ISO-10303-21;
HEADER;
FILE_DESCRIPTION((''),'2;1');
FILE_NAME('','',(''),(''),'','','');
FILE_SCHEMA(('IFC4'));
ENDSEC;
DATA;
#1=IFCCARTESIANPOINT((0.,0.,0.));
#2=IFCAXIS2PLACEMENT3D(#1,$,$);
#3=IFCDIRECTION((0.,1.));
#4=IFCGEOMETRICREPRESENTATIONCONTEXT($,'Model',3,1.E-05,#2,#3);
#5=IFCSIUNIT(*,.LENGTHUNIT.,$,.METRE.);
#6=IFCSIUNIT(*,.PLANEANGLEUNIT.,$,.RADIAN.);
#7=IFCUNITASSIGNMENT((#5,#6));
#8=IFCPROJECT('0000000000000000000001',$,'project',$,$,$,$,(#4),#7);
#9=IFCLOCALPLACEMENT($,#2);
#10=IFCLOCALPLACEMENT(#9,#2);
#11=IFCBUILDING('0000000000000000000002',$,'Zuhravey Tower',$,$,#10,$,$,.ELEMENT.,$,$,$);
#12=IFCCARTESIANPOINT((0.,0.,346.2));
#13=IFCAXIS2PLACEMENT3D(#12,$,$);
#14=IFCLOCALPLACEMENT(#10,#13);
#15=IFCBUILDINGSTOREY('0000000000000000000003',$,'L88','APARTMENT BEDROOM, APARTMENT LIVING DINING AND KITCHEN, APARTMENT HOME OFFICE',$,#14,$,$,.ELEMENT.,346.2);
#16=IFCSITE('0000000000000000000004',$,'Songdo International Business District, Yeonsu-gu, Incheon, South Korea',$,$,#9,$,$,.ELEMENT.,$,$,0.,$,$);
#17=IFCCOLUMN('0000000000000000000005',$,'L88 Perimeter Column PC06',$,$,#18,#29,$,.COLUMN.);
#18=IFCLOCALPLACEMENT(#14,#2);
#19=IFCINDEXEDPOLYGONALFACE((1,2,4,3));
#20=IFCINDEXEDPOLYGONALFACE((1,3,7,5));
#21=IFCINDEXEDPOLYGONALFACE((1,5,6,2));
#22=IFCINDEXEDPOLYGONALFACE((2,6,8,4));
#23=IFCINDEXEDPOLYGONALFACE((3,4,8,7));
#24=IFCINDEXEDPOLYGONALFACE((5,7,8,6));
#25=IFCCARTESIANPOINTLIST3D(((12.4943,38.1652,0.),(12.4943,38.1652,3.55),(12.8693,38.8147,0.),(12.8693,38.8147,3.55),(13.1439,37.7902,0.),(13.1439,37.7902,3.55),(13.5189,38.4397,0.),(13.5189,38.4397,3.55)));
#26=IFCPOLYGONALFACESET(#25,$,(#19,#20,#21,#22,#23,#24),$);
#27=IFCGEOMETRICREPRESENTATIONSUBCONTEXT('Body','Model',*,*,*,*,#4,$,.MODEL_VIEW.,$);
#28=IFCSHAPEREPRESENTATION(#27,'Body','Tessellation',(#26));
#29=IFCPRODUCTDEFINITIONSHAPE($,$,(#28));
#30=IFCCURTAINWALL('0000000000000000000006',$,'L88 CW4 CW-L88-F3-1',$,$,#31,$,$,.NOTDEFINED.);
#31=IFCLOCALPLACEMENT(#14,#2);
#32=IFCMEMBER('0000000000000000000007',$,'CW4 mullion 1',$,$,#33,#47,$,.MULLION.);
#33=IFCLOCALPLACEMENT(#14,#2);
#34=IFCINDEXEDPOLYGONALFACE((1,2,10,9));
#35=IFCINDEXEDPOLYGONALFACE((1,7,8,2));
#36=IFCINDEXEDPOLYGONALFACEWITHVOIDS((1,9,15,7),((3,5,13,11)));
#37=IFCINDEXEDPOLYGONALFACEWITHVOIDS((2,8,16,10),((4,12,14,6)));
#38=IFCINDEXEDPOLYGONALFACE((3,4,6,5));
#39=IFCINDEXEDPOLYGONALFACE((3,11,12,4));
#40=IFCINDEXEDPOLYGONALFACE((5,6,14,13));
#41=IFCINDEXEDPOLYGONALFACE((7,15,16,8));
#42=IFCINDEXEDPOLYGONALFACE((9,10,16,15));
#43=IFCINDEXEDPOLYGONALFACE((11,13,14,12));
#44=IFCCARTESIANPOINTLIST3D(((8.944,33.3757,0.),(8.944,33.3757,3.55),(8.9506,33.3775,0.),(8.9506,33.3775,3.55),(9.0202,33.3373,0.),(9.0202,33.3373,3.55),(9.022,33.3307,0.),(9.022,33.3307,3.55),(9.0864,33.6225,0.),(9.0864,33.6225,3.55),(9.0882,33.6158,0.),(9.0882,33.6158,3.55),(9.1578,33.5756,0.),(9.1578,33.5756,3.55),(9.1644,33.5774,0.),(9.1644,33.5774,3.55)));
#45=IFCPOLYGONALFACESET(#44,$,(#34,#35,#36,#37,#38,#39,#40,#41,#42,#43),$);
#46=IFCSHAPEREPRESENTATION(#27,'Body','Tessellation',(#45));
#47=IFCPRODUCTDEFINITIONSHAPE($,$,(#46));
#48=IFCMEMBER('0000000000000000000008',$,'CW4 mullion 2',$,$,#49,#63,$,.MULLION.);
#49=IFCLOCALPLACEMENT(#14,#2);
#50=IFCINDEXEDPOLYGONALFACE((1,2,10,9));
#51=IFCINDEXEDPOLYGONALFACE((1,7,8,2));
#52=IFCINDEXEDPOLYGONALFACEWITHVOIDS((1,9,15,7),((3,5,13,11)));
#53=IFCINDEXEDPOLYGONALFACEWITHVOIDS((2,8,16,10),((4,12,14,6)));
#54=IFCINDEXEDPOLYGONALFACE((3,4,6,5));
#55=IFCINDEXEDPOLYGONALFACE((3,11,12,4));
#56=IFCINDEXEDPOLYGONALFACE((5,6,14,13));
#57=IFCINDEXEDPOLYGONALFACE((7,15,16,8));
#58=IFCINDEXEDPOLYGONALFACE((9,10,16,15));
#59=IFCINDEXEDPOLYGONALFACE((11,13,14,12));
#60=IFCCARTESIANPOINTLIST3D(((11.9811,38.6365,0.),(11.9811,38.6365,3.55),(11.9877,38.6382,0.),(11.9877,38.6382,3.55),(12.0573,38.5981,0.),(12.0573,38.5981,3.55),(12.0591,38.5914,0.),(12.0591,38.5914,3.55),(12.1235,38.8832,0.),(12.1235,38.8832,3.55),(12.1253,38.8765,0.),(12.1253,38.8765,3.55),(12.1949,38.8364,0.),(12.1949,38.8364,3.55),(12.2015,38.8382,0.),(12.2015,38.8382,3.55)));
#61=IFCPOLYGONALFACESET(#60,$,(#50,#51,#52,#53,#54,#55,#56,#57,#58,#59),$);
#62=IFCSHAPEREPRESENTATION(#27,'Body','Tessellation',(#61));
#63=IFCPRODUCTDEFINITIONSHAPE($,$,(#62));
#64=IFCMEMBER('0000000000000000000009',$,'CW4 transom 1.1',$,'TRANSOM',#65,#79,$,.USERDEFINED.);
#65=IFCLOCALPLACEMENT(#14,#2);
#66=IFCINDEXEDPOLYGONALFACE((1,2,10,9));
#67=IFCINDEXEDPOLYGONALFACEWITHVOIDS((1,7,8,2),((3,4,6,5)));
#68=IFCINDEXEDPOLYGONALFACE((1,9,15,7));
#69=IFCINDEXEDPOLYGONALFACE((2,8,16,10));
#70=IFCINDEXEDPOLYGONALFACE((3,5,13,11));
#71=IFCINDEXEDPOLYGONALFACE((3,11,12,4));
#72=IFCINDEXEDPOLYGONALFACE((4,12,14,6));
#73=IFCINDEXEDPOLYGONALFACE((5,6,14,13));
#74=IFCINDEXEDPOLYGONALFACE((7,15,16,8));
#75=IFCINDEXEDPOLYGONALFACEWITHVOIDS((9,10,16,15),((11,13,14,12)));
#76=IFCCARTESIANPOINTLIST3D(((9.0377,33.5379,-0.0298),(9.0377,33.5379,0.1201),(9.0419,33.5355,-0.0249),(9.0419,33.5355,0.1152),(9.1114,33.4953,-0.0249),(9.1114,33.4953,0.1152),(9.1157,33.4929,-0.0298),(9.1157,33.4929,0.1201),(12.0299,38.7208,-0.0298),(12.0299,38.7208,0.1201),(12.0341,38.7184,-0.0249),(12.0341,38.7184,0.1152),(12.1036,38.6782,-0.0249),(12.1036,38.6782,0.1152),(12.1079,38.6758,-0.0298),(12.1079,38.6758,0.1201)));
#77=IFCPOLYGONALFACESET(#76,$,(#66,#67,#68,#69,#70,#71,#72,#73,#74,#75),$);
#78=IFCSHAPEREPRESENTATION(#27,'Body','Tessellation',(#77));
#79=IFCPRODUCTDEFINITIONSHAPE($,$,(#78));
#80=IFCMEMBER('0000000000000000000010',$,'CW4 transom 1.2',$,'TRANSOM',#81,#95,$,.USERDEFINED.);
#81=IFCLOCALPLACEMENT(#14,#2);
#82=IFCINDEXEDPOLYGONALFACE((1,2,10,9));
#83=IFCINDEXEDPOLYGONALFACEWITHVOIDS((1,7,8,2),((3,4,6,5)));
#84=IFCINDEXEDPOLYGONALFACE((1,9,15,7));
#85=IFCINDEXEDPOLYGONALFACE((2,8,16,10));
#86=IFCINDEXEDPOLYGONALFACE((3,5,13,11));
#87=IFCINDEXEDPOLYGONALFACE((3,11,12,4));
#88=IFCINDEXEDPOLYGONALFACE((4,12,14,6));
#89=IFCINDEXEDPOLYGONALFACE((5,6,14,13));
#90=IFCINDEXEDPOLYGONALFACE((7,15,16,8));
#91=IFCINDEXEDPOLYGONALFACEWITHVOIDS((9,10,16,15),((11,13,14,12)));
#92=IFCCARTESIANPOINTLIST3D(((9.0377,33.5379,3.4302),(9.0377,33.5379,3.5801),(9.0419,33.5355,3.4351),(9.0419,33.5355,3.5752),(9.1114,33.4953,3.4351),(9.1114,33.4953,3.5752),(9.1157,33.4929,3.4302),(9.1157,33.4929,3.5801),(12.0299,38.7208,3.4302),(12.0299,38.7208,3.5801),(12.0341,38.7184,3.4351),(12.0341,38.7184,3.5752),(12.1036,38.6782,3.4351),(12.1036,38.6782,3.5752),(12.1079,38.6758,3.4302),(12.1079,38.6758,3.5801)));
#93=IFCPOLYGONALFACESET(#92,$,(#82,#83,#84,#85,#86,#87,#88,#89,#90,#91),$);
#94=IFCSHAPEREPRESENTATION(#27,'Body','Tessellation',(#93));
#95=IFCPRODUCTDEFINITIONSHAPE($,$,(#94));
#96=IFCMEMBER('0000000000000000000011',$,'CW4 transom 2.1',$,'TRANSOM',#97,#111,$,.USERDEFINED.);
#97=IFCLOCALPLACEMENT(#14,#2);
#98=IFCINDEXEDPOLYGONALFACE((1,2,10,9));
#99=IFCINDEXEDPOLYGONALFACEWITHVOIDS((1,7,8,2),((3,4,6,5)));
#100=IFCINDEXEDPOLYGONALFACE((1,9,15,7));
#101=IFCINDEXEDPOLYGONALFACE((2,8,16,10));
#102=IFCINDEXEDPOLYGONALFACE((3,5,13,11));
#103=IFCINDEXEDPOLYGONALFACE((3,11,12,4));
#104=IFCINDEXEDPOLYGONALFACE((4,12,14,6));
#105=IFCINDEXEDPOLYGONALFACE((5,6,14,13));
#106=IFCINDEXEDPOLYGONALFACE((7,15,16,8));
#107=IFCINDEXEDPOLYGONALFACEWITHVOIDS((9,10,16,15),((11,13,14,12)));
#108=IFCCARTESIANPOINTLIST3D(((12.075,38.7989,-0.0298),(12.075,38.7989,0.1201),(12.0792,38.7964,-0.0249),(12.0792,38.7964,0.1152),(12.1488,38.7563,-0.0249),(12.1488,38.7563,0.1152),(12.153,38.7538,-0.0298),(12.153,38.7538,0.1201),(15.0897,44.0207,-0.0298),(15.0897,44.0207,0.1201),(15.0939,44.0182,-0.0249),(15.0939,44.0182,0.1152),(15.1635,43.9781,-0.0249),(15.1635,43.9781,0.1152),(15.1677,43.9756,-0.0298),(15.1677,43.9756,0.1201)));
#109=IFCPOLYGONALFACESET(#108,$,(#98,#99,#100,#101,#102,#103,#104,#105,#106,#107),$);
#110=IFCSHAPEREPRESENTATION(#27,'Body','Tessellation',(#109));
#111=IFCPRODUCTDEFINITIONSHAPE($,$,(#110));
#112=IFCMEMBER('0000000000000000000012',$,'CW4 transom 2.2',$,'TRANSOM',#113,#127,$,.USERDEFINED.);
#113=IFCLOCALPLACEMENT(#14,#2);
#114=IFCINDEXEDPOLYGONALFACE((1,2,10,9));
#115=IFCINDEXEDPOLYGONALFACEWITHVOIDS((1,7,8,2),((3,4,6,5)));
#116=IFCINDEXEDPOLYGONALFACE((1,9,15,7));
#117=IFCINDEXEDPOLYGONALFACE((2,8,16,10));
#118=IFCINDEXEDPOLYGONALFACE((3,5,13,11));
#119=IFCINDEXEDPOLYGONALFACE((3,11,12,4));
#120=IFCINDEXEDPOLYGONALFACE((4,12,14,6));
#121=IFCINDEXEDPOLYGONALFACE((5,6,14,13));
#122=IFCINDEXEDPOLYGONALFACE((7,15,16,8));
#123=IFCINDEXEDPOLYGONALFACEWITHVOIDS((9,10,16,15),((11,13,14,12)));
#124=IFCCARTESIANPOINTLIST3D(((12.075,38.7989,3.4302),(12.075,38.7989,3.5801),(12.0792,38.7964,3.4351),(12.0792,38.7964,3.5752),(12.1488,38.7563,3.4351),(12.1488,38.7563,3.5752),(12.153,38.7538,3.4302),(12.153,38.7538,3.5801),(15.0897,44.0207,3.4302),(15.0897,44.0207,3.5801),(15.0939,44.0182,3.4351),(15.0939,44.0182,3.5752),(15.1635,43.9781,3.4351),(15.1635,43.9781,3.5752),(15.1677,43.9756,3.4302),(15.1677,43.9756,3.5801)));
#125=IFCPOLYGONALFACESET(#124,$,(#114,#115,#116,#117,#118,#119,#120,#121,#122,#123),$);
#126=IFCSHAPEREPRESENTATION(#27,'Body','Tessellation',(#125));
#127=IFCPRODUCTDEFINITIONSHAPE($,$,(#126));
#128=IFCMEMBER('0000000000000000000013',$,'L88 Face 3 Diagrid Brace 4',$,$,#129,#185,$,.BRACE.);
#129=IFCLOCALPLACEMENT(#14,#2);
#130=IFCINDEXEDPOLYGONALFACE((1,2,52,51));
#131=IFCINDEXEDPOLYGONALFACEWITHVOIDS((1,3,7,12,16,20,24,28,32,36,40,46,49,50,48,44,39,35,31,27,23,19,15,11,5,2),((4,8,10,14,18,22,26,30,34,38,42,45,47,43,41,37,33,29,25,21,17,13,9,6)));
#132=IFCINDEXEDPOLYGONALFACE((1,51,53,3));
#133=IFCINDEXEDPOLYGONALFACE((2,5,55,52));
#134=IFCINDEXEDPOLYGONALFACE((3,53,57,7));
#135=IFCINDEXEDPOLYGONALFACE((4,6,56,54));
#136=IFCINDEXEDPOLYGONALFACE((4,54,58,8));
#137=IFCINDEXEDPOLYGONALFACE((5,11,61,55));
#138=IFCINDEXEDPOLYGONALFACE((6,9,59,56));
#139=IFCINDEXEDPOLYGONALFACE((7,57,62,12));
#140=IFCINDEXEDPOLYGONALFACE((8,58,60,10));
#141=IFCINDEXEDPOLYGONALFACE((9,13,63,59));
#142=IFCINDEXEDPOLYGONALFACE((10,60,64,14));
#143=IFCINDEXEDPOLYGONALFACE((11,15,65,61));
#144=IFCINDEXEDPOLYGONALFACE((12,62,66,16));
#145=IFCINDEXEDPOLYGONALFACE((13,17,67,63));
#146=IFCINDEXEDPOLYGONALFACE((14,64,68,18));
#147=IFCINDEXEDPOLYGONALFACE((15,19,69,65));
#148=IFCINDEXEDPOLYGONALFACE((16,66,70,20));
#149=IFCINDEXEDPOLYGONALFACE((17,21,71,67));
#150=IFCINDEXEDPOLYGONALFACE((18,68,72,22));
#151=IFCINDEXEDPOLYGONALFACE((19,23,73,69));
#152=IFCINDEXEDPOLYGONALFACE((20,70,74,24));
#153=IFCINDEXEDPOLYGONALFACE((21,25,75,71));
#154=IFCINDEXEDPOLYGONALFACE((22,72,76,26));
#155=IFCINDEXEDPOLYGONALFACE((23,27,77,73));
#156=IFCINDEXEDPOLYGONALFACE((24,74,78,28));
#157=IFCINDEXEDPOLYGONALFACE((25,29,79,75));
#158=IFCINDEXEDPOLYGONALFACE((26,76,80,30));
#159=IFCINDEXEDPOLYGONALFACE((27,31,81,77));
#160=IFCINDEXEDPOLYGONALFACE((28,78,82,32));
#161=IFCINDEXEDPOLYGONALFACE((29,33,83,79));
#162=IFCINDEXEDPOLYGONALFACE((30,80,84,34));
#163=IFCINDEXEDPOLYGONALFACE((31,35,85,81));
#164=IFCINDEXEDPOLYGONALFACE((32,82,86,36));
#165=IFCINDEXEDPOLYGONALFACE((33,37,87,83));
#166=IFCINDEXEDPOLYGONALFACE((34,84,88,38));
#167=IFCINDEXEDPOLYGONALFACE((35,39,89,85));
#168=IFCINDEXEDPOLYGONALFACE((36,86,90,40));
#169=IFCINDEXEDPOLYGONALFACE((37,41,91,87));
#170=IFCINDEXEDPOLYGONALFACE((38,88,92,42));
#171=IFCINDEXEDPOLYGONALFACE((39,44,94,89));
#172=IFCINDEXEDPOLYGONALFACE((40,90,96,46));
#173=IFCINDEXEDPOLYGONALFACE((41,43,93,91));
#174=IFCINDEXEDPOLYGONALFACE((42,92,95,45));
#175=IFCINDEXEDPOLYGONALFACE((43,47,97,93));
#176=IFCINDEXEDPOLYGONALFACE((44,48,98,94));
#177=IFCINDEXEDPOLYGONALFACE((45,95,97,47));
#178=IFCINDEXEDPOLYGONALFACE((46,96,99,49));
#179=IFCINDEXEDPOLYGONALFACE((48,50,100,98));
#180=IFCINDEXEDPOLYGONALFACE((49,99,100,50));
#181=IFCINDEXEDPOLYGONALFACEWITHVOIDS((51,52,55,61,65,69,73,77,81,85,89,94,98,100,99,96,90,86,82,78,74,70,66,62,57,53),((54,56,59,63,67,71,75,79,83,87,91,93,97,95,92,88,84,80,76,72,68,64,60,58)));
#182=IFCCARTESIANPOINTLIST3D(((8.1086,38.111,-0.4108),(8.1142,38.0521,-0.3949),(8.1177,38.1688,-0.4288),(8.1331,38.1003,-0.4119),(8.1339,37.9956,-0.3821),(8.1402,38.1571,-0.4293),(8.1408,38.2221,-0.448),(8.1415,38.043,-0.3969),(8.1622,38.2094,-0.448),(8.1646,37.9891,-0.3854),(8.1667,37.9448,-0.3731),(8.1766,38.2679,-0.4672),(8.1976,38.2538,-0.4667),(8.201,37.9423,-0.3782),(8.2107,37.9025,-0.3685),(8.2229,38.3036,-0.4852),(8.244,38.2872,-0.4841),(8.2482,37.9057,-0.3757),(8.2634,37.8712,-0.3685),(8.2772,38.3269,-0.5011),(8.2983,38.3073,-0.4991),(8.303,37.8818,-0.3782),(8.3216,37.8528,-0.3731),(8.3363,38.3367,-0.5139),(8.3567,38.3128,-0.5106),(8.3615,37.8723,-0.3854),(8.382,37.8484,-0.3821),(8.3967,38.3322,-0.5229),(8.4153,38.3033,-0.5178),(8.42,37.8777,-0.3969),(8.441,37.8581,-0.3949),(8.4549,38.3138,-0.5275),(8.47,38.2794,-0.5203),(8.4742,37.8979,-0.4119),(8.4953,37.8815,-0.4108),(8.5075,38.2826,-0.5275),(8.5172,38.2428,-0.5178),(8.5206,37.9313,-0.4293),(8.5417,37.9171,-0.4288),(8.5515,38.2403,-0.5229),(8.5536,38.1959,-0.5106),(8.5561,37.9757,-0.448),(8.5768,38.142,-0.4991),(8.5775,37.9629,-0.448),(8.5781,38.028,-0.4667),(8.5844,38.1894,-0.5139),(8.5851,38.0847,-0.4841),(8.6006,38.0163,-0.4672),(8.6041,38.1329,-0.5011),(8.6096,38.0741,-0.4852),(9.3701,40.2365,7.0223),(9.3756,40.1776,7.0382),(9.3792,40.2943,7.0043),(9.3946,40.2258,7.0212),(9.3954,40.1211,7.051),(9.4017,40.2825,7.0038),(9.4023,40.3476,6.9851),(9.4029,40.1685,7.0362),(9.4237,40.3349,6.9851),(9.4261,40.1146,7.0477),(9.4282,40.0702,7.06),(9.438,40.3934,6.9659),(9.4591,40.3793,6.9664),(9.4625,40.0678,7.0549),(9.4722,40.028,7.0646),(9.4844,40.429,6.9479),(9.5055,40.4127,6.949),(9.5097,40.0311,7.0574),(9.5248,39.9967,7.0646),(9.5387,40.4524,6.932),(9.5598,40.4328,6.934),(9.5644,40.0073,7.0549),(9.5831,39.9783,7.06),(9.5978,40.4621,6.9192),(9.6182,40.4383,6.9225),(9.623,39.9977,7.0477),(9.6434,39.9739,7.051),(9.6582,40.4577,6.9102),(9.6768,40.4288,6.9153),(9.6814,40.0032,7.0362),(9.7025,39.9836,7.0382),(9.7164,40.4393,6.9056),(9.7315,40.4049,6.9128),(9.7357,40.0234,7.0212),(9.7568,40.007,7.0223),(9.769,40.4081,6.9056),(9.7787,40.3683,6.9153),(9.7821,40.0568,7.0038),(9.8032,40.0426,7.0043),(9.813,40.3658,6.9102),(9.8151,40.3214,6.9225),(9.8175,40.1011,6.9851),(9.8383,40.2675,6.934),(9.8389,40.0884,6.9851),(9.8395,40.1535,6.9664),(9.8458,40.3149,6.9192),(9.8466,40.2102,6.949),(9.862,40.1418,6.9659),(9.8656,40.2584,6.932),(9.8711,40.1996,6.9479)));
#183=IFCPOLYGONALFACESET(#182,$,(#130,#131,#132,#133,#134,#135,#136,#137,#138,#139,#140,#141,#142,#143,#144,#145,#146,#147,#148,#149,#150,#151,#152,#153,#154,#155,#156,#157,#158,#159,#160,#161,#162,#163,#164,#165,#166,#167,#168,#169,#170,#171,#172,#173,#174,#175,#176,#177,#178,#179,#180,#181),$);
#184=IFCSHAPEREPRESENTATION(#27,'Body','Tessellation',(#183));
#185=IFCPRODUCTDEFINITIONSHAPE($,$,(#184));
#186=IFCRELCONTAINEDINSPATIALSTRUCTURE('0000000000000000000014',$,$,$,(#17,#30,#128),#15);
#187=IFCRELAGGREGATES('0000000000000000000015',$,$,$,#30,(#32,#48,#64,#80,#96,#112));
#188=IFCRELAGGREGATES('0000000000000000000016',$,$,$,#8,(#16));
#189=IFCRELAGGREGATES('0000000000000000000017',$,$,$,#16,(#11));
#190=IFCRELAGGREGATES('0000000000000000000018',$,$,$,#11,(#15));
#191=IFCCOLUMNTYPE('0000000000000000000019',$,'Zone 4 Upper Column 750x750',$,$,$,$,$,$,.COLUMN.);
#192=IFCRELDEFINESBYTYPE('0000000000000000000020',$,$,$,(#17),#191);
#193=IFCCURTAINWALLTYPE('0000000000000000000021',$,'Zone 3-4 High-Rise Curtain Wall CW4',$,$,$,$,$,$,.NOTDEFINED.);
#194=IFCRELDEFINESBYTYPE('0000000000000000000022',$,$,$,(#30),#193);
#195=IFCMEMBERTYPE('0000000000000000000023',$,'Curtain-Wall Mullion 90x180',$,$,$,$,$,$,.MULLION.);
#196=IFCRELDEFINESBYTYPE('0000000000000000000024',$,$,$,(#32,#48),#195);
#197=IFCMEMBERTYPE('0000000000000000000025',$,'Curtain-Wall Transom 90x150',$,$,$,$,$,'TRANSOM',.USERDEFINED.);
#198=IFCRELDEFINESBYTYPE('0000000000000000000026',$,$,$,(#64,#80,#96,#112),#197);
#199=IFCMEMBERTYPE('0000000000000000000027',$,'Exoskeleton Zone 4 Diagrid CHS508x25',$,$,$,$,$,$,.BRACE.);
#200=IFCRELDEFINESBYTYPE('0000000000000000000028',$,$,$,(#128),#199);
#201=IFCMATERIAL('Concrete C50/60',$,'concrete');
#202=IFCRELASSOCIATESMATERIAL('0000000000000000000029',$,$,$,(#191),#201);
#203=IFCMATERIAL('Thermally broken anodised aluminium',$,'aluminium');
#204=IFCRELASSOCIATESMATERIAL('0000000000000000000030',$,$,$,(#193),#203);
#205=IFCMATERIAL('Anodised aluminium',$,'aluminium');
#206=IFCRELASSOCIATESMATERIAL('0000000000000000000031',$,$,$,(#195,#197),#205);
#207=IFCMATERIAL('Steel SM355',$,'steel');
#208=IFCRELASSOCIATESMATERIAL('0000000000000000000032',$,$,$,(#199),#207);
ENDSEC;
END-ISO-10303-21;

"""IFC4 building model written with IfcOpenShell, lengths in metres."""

from ifc_helpers import new_model, si_unit, direction, frame, origin, origin_2d, place, context, subcontext, project, spatial, rectangle, hollow_rectangle, hollow_circle, extrude, material, material_profile, profile_set, type_object, element, aggregate, save


model = new_model("IFC4")

# Units and contexts
model_context = context("Model", 3, precision=1e-05, world=origin(), true_north=direction((0.0, 1.0)))
body_context = subcontext(model_context, "Body", "Model", "MODEL_VIEW")
ifc_project = project(units=[si_unit("LENGTHUNIT", "METRE"), si_unit("PLANEANGLEUNIT", "RADIAN")], contexts=[model_context])

# Site, building, storey
site_placement = place(None, origin())
site = spatial("IfcSite", under=ifc_project, at=site_placement, Name="Songdo International Business District, Yeonsu-gu, Incheon, South Korea", CompositionType="ELEMENT", RefElevation=0.0)
building_placement = place(site_placement, origin())
building = spatial("IfcBuilding", under=site, at=building_placement, Name="Zuhravey Tower", CompositionType="ELEMENT")
storey_placement = place(building_placement, frame((0.0, 0.0, 346.2)))
storey = spatial("IfcBuildingStorey", under=building, at=storey_placement, Name="L88", Description="APARTMENT BEDROOM, APARTMENT LIVING DINING AND KITCHEN, APARTMENT HOME OFFICE", CompositionType="ELEMENT", Elevation=346.2)

# Column
ifc_material_1 = material(Name="Concrete C50/60", Category="concrete")
ifc_material_profile_1 = material_profile(ifc_material_1, rectangle(XDim=0.75, YDim=0.75, at=origin_2d()), Name="RC-750x750")
ifc_profile_set_1 = profile_set([ifc_material_profile_1], Name="Concrete C50/60")
column_type = type_object("IfcColumnType", Name="Zone 4 Upper Column 750x750", PredefinedType="COLUMN", material=ifc_profile_set_1)
column_placement = place(storey_placement, frame((13.0066, 38.3025, 0.0), z_axis=(0.0, 0.0, 1.0), x_axis=(-0.5, -0.866025, 0.0)))
element("IfcColumn", 1, at=column_placement, inside=storey, type_object=column_type, Name="L88 Perimeter Column PC06", PredefinedType="COLUMN", context=body_context, shape_type="SweptSolid", body=[
    extrude(rectangle(XDim=0.75, YDim=0.75, at=origin_2d()), origin(), (0.0, 0.0, 1.0), 3.55),
])

# Curtain wall, members
ifc_material_2 = material(Name="Thermally broken anodised aluminium", Category="aluminium")
curtain_wall_type = type_object("IfcCurtainWallType", Name="Zone 3-4 High-Rise Curtain Wall CW4", PredefinedType="NOTDEFINED", material=ifc_material_2)
curtain_wall_placement = place(storey_placement, origin())
curtain_wall = element("IfcCurtainWall", 2, at=curtain_wall_placement, inside=storey, type_object=curtain_wall_type, Name="L88 CW4 CW-L88-F3-1", PredefinedType="NOTDEFINED")
ifc_material_3 = material(Name="Anodised aluminium", Category="aluminium")
ifc_material_profile_2 = material_profile(ifc_material_3, hollow_rectangle(XDim=0.0901, YDim=0.2849, WallThickness=0.0049, at=origin_2d()), Name="ALU-RHS-90x285x5")
ifc_profile_set_2 = profile_set([ifc_material_profile_2], Name="Anodised aluminium")
member_type_1 = type_object("IfcMemberType", Name="Curtain-Wall Mullion 90x180", PredefinedType="MULLION", material=ifc_profile_set_2)
member_1_placement = place(storey_placement, frame((9.0542, 33.4766, 0.0), z_axis=(0.0, 0.0, 1.0), x_axis=(-0.866026, 0.5, 0.0)))
member_1 = element("IfcMember", 3, at=member_1_placement, type_object=member_type_1, Name="CW4 mullion 1", PredefinedType="MULLION", context=body_context, shape_type="SweptSolid", body=[
    extrude(hollow_rectangle(XDim=0.0901, YDim=0.2849, WallThickness=0.0049, at=origin_2d()), origin(), (0.0, 0.0, 1.0), 3.55),
])
member_2_placement = place(storey_placement, frame((12.0913, 38.7373, 0.0), z_axis=(0.0, 0.0, 1.0), x_axis=(-0.866026, 0.5, 0.0)))
member_2 = element("IfcMember", 4, at=member_2_placement, type_object=member_type_1, Name="CW4 mullion 2", PredefinedType="MULLION", context=body_context, shape_type="SweptSolid", body=[
    extrude(hollow_rectangle(XDim=0.0901, YDim=0.2849, WallThickness=0.0049, at=origin_2d()), origin(), (0.0, 0.0, 1.0), 3.55),
])
ifc_material_profile_3 = material_profile(ifc_material_3, hollow_rectangle(XDim=0.0901, YDim=0.1499, WallThickness=0.0049, at=origin_2d()), Name="ALU-RHS-90x150x5")
ifc_profile_set_3 = profile_set([ifc_material_profile_3], Name="Anodised aluminium")
member_type_2 = type_object("IfcMemberType", Name="Curtain-Wall Transom 90x150", ElementType="TRANSOM", PredefinedType="USERDEFINED", material=ifc_profile_set_3)
member_3_placement = place(storey_placement, frame((9.0767, 33.5154, 0.0452), z_axis=(0.499983, 0.866035, 0.0), x_axis=(-0.866035, 0.499983, 0.0)))
member_3 = element("IfcMember", 5, at=member_3_placement, type_object=member_type_2, Name="CW4 transom 1.1", ObjectType="TRANSOM", PredefinedType="USERDEFINED", context=body_context, shape_type="SweptSolid", body=[
    extrude(hollow_rectangle(XDim=0.0901, YDim=0.1499, WallThickness=0.0049, at=origin_2d()), origin(), (0.0, 0.0, 1.0), 5.9846),
])
member_4_placement = place(storey_placement, frame((9.0767, 33.5154, 3.5051), z_axis=(0.499983, 0.866035, 0.0), x_axis=(-0.866035, 0.499983, 0.0)))
member_4 = element("IfcMember", 6, at=member_4_placement, type_object=member_type_2, Name="CW4 transom 1.2", ObjectType="TRANSOM", PredefinedType="USERDEFINED", context=body_context, shape_type="SweptSolid", body=[
    extrude(hollow_rectangle(XDim=0.0901, YDim=0.1499, WallThickness=0.0049, at=origin_2d()), origin(), (0.0, 0.0, 1.0), 5.9846),
])
member_5_placement = place(storey_placement, frame((12.114, 38.7764, 0.0452), z_axis=(0.499989, 0.866032, 0.0), x_axis=(-0.866032, 0.499989, 0.0)))
member_5 = element("IfcMember", 7, at=member_5_placement, type_object=member_type_2, Name="CW4 transom 2.1", ObjectType="TRANSOM", PredefinedType="USERDEFINED", context=body_context, shape_type="SweptSolid", body=[
    extrude(hollow_rectangle(XDim=0.0901, YDim=0.1499, WallThickness=0.0049, at=origin_2d()), origin(), (0.0, 0.0, 1.0), 6.0295),
])
member_6_placement = place(storey_placement, frame((12.114, 38.7764, 3.5051), z_axis=(0.499989, 0.866032, 0.0), x_axis=(-0.866032, 0.499989, 0.0)))
member_6 = element("IfcMember", 8, at=member_6_placement, type_object=member_type_2, Name="CW4 transom 2.2", ObjectType="TRANSOM", PredefinedType="USERDEFINED", context=body_context, shape_type="SweptSolid", body=[
    extrude(hollow_rectangle(XDim=0.0901, YDim=0.1499, WallThickness=0.0049, at=origin_2d()), origin(), (0.0, 0.0, 1.0), 6.0295),
])

# Member
ifc_material_4 = material(Name="Steel SM355", Category="steel")
ifc_material_profile_4 = material_profile(ifc_material_4, hollow_circle(Radius=0.2539, WallThickness=0.0249, at=origin_2d()), Name="CHS-508.0x25")
ifc_profile_set_4 = profile_set([ifc_material_profile_4], Name="Steel SM355")
member_type_3 = type_object("IfcMemberType", Name="Exoskeleton Zone 4 Diagrid CHS508x25", PredefinedType="BRACE", material=ifc_profile_set_4)
member_7_placement = place(storey_placement, frame((8.3591, 38.0925, -0.448), z_axis=(0.161041, 0.271341, 0.948915), x_axis=(-0.85995, 0.510379, 0.0)))
element("IfcMember", 9, at=member_7_placement, inside=storey, type_object=member_type_3, Name="L88 Face 3 Diagrid Brace 4", PredefinedType="BRACE", context=body_context, shape_type="SweptSolid", body=[
    extrude(hollow_circle(Radius=0.2539, WallThickness=0.0249, at=origin_2d()), origin(), (0.0, 0.0, 1.0), 7.8333),
])

aggregate(curtain_wall, [member_1, member_2, member_3, member_4, member_5, member_6])

save(model, "model.ifc")
